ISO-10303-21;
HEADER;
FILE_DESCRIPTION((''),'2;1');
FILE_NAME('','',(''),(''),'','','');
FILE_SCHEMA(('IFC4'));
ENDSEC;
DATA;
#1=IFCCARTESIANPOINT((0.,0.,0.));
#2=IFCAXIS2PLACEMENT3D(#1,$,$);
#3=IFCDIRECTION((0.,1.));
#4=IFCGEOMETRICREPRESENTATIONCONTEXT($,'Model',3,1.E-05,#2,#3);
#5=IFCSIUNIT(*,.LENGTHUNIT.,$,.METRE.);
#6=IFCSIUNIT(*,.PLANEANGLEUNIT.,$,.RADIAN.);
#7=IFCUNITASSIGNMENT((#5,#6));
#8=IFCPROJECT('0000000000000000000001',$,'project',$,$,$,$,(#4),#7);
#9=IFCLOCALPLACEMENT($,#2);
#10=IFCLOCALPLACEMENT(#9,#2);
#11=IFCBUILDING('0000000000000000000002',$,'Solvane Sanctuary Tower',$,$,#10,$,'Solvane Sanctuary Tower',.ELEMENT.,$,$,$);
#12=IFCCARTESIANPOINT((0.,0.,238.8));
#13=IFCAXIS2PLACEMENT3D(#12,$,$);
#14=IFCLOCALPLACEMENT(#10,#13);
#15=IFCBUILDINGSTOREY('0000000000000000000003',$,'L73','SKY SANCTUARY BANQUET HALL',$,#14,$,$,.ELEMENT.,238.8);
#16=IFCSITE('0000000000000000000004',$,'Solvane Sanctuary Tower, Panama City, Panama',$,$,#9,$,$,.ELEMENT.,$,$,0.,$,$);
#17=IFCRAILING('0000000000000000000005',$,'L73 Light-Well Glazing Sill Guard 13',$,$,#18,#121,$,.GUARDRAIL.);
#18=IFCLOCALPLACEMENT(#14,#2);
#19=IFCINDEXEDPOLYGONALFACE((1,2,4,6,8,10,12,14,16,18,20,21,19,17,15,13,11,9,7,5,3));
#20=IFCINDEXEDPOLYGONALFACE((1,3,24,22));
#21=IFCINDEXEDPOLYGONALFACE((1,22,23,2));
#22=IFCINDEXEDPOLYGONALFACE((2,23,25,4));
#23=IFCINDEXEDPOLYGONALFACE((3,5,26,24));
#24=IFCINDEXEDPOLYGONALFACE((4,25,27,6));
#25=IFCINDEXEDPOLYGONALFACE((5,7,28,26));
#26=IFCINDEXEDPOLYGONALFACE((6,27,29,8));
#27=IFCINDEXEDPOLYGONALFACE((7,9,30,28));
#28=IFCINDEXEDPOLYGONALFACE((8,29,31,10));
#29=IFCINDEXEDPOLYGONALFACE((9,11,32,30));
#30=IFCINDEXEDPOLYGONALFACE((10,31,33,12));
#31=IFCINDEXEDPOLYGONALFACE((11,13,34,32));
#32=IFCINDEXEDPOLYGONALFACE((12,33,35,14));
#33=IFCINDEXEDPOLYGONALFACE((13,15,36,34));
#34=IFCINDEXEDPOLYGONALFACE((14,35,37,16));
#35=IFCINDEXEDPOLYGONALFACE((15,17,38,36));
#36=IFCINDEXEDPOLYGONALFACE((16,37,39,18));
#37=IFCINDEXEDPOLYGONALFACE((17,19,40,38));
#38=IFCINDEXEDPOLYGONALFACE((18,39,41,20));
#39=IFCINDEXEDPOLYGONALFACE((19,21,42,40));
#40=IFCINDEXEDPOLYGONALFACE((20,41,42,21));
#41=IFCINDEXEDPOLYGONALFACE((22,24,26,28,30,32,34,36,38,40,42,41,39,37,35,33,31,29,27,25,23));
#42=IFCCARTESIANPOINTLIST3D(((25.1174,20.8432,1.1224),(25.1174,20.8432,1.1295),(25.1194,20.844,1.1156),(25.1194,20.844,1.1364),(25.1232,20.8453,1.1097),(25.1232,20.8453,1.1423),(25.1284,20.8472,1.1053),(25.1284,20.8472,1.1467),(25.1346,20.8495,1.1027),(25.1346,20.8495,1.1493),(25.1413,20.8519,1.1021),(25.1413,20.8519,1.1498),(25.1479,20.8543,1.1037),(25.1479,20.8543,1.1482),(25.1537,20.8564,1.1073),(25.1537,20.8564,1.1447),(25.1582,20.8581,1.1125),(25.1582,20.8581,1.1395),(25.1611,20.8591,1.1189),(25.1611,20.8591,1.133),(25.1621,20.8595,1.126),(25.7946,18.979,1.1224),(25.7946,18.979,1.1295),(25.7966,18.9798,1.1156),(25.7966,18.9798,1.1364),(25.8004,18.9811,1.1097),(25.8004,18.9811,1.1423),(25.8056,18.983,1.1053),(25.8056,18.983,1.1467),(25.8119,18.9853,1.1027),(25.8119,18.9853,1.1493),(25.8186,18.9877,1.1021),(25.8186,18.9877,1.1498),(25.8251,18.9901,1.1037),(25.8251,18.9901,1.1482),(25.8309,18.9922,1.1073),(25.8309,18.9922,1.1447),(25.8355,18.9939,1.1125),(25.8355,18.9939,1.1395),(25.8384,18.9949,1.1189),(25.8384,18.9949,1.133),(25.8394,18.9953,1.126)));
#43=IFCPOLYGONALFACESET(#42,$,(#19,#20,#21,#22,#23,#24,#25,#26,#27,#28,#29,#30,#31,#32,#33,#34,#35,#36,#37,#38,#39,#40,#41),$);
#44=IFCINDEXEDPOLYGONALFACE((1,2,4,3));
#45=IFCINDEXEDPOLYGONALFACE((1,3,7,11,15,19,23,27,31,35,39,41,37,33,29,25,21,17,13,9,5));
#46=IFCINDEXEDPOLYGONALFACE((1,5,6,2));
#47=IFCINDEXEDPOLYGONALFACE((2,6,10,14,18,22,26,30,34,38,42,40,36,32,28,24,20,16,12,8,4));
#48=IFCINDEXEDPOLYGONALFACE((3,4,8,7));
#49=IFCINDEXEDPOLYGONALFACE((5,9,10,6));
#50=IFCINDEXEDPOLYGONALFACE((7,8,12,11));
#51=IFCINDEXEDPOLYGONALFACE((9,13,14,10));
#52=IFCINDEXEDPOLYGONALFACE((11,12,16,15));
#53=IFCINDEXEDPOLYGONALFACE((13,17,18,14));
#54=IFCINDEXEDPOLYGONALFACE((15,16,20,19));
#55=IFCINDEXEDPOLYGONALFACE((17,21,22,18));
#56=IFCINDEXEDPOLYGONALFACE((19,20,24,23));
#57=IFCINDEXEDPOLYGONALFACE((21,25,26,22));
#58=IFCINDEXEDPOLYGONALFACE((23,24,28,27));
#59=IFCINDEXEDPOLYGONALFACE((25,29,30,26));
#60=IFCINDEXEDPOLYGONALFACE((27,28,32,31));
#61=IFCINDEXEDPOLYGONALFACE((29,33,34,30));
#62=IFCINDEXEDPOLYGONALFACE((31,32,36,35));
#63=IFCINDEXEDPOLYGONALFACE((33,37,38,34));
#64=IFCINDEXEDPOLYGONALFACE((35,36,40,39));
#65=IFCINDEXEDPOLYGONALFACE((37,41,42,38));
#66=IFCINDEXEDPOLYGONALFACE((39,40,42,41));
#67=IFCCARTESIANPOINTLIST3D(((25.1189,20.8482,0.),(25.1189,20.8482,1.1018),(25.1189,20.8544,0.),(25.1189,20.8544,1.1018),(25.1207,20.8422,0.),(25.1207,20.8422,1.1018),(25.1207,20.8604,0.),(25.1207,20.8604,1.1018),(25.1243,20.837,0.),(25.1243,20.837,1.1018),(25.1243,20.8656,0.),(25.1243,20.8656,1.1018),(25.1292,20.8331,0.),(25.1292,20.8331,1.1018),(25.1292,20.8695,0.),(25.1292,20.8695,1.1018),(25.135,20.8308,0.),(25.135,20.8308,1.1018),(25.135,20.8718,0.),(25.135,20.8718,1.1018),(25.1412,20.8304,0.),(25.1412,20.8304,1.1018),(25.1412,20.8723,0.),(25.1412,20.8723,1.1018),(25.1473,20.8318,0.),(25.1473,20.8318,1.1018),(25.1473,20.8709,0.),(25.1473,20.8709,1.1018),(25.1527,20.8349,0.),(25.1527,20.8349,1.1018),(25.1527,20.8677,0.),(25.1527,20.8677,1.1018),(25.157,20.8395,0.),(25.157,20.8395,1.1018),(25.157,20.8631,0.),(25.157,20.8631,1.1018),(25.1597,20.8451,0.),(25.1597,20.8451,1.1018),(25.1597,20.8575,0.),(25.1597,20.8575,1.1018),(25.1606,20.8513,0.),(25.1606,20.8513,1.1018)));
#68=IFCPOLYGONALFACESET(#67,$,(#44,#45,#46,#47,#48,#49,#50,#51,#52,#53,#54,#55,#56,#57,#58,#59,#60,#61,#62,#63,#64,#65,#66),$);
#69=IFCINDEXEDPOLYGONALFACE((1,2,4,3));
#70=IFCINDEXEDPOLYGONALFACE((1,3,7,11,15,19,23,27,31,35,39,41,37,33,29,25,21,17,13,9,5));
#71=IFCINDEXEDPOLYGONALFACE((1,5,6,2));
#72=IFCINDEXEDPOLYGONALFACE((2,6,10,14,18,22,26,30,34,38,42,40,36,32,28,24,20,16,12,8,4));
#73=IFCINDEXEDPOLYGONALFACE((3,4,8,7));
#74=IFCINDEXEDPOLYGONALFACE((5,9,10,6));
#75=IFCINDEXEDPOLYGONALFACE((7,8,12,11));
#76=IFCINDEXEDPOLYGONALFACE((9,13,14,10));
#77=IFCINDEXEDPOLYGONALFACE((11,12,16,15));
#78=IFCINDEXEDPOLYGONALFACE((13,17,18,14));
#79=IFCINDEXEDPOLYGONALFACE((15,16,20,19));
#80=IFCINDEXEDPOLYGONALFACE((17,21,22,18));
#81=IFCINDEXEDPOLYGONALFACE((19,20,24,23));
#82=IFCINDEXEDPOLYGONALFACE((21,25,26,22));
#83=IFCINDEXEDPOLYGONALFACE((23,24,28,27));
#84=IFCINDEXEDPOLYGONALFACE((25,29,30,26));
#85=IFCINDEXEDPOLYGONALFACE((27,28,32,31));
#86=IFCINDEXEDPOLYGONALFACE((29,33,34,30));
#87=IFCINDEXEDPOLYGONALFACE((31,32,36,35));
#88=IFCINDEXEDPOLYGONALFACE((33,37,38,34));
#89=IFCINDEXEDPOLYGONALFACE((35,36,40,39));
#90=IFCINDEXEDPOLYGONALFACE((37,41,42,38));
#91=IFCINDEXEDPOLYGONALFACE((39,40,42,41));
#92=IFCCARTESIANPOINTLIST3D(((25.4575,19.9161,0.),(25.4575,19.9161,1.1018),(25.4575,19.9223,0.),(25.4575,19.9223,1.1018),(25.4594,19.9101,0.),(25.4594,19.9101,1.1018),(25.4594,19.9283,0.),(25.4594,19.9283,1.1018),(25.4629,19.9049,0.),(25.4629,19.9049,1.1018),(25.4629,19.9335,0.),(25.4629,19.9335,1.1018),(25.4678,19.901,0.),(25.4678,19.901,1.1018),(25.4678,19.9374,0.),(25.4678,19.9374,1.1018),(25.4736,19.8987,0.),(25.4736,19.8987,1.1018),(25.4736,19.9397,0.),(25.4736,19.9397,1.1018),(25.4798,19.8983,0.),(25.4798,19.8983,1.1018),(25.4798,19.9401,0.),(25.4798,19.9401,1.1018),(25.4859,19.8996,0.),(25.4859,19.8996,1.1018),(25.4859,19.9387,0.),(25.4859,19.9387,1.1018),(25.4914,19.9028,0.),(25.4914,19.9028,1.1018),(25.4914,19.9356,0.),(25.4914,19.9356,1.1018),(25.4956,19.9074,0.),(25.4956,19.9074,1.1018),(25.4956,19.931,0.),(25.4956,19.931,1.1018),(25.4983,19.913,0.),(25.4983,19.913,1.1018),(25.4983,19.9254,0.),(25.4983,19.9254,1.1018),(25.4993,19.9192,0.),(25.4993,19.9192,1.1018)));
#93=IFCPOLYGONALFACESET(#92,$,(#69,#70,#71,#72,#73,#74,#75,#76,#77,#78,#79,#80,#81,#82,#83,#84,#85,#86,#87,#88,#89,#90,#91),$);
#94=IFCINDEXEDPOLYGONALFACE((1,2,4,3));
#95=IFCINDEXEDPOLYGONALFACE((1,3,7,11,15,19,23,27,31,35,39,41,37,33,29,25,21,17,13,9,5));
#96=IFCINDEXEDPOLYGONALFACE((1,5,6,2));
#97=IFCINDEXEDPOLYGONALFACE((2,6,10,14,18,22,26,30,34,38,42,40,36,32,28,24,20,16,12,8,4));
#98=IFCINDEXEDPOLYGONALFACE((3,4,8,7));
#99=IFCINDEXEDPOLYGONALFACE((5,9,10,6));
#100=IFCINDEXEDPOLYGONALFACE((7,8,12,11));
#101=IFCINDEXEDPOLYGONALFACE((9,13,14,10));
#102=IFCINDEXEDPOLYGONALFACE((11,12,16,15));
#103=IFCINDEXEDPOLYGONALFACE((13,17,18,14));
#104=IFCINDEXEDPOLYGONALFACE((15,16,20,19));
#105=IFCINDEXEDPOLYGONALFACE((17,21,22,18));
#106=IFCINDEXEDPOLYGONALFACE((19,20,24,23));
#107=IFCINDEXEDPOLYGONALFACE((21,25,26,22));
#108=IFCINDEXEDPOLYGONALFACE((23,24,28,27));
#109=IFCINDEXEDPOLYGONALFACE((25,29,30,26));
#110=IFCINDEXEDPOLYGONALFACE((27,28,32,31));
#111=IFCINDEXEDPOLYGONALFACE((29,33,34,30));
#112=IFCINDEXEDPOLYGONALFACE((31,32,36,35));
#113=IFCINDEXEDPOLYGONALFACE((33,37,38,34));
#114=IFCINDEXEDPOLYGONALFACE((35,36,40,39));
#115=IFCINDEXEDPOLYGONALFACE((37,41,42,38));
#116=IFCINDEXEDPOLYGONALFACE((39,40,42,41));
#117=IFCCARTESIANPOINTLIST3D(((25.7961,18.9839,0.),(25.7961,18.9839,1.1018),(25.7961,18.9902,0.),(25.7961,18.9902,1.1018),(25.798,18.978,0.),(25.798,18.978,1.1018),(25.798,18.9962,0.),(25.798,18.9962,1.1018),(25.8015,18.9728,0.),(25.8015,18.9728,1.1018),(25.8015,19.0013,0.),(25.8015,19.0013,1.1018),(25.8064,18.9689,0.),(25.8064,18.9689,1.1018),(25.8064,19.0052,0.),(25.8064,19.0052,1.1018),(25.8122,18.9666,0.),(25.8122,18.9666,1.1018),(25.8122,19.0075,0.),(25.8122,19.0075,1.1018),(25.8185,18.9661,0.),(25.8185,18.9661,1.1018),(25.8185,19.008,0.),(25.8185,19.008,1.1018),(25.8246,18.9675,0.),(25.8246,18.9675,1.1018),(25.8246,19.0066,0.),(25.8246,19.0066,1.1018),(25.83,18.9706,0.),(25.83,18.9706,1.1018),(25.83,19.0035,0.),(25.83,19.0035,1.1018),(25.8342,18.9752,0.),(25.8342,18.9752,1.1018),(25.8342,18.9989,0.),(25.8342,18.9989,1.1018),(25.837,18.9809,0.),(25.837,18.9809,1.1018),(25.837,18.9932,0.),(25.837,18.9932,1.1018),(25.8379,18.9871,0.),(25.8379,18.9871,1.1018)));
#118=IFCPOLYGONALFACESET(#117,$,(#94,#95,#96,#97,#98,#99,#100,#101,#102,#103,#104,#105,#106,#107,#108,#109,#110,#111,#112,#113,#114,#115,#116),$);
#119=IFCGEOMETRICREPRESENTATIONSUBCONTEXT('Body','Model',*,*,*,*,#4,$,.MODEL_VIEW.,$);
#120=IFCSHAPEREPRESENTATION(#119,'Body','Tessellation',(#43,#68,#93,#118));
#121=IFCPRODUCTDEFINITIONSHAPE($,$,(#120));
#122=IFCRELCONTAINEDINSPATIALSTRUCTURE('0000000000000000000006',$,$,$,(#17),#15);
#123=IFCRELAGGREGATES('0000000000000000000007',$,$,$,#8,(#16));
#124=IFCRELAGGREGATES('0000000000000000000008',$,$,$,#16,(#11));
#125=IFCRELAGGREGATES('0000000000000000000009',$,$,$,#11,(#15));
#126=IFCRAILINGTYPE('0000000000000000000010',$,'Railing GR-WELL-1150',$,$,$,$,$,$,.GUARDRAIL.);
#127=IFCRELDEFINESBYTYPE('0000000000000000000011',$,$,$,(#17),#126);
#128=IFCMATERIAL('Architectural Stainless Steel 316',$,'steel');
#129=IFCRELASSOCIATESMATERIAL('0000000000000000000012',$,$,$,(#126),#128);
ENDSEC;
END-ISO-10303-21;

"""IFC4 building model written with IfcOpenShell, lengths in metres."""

from ifc_helpers import new_model, si_unit, direction, frame, origin, origin_2d, place, context, subcontext, project, spatial, circle, extrude, material, type_object, element, save


model = new_model("IFC4")

# Units and contexts
model_context = context("Model", 3, precision=1e-05, world=origin(), true_north=direction((0.0, 1.0)))
body_context = subcontext(model_context, "Body", "Model", "MODEL_VIEW")
ifc_project = project(units=[si_unit("LENGTHUNIT", "METRE"), si_unit("PLANEANGLEUNIT", "RADIAN")], contexts=[model_context])

# Site, building, storey
site_placement = place(None, origin())
site = spatial("IfcSite", under=ifc_project, at=site_placement, Name="Solvane Sanctuary Tower, Panama City, Panama", CompositionType="ELEMENT", RefElevation=0.0)
building_placement = place(site_placement, origin())
building = spatial("IfcBuilding", under=site, at=building_placement, Name="Solvane Sanctuary Tower", LongName="Solvane Sanctuary Tower", CompositionType="ELEMENT")
storey_placement = place(building_placement, frame((0.0, 0.0, 238.8)))
storey = spatial("IfcBuildingStorey", under=building, at=storey_placement, Name="L73", Description="SKY SANCTUARY BANQUET HALL", CompositionType="ELEMENT", Elevation=238.8)

# Shared definitions
ifc_material_1 = material(Name="Architectural Stainless Steel 316", Category="steel")

# Railing
railing_type = type_object("IfcRailingType", Name="Railing GR-WELL-1150", PredefinedType="GUARDRAIL", material=ifc_material_1)
railing_placement = place(storey_placement, frame((25.1396, 20.8513, 0.0)))
element("IfcRailing", 1, at=railing_placement, inside=storey, type_object=railing_type, Name="L73 Light-Well Glazing Sill Guard 13", PredefinedType="GUARDRAIL", context=body_context, shape_type="SweptSolid", body=[
    extrude(circle(Radius=0.0239, at=origin_2d()), frame((0.0, 0.0, 1.126), z_axis=(0.341447, -0.939901, 0.0), x_axis=(0.939901, 0.341447, 0.0)), (0.0, 0.0, 1.0), 1.9834),
    extrude(circle(Radius=0.021, at=origin_2d()), origin(), (0.0, 0.0, 1.0), 1.1018),
    extrude(circle(Radius=0.021, at=origin_2d()), frame((0.3386, -0.9321, 0.0)), (0.0, 0.0, 1.0), 1.1018),
    extrude(circle(Radius=0.021, at=origin_2d()), frame((0.6772, -1.8643, 0.0)), (0.0, 0.0, 1.0), 1.1018),
])

save(model, "model.ifc")
